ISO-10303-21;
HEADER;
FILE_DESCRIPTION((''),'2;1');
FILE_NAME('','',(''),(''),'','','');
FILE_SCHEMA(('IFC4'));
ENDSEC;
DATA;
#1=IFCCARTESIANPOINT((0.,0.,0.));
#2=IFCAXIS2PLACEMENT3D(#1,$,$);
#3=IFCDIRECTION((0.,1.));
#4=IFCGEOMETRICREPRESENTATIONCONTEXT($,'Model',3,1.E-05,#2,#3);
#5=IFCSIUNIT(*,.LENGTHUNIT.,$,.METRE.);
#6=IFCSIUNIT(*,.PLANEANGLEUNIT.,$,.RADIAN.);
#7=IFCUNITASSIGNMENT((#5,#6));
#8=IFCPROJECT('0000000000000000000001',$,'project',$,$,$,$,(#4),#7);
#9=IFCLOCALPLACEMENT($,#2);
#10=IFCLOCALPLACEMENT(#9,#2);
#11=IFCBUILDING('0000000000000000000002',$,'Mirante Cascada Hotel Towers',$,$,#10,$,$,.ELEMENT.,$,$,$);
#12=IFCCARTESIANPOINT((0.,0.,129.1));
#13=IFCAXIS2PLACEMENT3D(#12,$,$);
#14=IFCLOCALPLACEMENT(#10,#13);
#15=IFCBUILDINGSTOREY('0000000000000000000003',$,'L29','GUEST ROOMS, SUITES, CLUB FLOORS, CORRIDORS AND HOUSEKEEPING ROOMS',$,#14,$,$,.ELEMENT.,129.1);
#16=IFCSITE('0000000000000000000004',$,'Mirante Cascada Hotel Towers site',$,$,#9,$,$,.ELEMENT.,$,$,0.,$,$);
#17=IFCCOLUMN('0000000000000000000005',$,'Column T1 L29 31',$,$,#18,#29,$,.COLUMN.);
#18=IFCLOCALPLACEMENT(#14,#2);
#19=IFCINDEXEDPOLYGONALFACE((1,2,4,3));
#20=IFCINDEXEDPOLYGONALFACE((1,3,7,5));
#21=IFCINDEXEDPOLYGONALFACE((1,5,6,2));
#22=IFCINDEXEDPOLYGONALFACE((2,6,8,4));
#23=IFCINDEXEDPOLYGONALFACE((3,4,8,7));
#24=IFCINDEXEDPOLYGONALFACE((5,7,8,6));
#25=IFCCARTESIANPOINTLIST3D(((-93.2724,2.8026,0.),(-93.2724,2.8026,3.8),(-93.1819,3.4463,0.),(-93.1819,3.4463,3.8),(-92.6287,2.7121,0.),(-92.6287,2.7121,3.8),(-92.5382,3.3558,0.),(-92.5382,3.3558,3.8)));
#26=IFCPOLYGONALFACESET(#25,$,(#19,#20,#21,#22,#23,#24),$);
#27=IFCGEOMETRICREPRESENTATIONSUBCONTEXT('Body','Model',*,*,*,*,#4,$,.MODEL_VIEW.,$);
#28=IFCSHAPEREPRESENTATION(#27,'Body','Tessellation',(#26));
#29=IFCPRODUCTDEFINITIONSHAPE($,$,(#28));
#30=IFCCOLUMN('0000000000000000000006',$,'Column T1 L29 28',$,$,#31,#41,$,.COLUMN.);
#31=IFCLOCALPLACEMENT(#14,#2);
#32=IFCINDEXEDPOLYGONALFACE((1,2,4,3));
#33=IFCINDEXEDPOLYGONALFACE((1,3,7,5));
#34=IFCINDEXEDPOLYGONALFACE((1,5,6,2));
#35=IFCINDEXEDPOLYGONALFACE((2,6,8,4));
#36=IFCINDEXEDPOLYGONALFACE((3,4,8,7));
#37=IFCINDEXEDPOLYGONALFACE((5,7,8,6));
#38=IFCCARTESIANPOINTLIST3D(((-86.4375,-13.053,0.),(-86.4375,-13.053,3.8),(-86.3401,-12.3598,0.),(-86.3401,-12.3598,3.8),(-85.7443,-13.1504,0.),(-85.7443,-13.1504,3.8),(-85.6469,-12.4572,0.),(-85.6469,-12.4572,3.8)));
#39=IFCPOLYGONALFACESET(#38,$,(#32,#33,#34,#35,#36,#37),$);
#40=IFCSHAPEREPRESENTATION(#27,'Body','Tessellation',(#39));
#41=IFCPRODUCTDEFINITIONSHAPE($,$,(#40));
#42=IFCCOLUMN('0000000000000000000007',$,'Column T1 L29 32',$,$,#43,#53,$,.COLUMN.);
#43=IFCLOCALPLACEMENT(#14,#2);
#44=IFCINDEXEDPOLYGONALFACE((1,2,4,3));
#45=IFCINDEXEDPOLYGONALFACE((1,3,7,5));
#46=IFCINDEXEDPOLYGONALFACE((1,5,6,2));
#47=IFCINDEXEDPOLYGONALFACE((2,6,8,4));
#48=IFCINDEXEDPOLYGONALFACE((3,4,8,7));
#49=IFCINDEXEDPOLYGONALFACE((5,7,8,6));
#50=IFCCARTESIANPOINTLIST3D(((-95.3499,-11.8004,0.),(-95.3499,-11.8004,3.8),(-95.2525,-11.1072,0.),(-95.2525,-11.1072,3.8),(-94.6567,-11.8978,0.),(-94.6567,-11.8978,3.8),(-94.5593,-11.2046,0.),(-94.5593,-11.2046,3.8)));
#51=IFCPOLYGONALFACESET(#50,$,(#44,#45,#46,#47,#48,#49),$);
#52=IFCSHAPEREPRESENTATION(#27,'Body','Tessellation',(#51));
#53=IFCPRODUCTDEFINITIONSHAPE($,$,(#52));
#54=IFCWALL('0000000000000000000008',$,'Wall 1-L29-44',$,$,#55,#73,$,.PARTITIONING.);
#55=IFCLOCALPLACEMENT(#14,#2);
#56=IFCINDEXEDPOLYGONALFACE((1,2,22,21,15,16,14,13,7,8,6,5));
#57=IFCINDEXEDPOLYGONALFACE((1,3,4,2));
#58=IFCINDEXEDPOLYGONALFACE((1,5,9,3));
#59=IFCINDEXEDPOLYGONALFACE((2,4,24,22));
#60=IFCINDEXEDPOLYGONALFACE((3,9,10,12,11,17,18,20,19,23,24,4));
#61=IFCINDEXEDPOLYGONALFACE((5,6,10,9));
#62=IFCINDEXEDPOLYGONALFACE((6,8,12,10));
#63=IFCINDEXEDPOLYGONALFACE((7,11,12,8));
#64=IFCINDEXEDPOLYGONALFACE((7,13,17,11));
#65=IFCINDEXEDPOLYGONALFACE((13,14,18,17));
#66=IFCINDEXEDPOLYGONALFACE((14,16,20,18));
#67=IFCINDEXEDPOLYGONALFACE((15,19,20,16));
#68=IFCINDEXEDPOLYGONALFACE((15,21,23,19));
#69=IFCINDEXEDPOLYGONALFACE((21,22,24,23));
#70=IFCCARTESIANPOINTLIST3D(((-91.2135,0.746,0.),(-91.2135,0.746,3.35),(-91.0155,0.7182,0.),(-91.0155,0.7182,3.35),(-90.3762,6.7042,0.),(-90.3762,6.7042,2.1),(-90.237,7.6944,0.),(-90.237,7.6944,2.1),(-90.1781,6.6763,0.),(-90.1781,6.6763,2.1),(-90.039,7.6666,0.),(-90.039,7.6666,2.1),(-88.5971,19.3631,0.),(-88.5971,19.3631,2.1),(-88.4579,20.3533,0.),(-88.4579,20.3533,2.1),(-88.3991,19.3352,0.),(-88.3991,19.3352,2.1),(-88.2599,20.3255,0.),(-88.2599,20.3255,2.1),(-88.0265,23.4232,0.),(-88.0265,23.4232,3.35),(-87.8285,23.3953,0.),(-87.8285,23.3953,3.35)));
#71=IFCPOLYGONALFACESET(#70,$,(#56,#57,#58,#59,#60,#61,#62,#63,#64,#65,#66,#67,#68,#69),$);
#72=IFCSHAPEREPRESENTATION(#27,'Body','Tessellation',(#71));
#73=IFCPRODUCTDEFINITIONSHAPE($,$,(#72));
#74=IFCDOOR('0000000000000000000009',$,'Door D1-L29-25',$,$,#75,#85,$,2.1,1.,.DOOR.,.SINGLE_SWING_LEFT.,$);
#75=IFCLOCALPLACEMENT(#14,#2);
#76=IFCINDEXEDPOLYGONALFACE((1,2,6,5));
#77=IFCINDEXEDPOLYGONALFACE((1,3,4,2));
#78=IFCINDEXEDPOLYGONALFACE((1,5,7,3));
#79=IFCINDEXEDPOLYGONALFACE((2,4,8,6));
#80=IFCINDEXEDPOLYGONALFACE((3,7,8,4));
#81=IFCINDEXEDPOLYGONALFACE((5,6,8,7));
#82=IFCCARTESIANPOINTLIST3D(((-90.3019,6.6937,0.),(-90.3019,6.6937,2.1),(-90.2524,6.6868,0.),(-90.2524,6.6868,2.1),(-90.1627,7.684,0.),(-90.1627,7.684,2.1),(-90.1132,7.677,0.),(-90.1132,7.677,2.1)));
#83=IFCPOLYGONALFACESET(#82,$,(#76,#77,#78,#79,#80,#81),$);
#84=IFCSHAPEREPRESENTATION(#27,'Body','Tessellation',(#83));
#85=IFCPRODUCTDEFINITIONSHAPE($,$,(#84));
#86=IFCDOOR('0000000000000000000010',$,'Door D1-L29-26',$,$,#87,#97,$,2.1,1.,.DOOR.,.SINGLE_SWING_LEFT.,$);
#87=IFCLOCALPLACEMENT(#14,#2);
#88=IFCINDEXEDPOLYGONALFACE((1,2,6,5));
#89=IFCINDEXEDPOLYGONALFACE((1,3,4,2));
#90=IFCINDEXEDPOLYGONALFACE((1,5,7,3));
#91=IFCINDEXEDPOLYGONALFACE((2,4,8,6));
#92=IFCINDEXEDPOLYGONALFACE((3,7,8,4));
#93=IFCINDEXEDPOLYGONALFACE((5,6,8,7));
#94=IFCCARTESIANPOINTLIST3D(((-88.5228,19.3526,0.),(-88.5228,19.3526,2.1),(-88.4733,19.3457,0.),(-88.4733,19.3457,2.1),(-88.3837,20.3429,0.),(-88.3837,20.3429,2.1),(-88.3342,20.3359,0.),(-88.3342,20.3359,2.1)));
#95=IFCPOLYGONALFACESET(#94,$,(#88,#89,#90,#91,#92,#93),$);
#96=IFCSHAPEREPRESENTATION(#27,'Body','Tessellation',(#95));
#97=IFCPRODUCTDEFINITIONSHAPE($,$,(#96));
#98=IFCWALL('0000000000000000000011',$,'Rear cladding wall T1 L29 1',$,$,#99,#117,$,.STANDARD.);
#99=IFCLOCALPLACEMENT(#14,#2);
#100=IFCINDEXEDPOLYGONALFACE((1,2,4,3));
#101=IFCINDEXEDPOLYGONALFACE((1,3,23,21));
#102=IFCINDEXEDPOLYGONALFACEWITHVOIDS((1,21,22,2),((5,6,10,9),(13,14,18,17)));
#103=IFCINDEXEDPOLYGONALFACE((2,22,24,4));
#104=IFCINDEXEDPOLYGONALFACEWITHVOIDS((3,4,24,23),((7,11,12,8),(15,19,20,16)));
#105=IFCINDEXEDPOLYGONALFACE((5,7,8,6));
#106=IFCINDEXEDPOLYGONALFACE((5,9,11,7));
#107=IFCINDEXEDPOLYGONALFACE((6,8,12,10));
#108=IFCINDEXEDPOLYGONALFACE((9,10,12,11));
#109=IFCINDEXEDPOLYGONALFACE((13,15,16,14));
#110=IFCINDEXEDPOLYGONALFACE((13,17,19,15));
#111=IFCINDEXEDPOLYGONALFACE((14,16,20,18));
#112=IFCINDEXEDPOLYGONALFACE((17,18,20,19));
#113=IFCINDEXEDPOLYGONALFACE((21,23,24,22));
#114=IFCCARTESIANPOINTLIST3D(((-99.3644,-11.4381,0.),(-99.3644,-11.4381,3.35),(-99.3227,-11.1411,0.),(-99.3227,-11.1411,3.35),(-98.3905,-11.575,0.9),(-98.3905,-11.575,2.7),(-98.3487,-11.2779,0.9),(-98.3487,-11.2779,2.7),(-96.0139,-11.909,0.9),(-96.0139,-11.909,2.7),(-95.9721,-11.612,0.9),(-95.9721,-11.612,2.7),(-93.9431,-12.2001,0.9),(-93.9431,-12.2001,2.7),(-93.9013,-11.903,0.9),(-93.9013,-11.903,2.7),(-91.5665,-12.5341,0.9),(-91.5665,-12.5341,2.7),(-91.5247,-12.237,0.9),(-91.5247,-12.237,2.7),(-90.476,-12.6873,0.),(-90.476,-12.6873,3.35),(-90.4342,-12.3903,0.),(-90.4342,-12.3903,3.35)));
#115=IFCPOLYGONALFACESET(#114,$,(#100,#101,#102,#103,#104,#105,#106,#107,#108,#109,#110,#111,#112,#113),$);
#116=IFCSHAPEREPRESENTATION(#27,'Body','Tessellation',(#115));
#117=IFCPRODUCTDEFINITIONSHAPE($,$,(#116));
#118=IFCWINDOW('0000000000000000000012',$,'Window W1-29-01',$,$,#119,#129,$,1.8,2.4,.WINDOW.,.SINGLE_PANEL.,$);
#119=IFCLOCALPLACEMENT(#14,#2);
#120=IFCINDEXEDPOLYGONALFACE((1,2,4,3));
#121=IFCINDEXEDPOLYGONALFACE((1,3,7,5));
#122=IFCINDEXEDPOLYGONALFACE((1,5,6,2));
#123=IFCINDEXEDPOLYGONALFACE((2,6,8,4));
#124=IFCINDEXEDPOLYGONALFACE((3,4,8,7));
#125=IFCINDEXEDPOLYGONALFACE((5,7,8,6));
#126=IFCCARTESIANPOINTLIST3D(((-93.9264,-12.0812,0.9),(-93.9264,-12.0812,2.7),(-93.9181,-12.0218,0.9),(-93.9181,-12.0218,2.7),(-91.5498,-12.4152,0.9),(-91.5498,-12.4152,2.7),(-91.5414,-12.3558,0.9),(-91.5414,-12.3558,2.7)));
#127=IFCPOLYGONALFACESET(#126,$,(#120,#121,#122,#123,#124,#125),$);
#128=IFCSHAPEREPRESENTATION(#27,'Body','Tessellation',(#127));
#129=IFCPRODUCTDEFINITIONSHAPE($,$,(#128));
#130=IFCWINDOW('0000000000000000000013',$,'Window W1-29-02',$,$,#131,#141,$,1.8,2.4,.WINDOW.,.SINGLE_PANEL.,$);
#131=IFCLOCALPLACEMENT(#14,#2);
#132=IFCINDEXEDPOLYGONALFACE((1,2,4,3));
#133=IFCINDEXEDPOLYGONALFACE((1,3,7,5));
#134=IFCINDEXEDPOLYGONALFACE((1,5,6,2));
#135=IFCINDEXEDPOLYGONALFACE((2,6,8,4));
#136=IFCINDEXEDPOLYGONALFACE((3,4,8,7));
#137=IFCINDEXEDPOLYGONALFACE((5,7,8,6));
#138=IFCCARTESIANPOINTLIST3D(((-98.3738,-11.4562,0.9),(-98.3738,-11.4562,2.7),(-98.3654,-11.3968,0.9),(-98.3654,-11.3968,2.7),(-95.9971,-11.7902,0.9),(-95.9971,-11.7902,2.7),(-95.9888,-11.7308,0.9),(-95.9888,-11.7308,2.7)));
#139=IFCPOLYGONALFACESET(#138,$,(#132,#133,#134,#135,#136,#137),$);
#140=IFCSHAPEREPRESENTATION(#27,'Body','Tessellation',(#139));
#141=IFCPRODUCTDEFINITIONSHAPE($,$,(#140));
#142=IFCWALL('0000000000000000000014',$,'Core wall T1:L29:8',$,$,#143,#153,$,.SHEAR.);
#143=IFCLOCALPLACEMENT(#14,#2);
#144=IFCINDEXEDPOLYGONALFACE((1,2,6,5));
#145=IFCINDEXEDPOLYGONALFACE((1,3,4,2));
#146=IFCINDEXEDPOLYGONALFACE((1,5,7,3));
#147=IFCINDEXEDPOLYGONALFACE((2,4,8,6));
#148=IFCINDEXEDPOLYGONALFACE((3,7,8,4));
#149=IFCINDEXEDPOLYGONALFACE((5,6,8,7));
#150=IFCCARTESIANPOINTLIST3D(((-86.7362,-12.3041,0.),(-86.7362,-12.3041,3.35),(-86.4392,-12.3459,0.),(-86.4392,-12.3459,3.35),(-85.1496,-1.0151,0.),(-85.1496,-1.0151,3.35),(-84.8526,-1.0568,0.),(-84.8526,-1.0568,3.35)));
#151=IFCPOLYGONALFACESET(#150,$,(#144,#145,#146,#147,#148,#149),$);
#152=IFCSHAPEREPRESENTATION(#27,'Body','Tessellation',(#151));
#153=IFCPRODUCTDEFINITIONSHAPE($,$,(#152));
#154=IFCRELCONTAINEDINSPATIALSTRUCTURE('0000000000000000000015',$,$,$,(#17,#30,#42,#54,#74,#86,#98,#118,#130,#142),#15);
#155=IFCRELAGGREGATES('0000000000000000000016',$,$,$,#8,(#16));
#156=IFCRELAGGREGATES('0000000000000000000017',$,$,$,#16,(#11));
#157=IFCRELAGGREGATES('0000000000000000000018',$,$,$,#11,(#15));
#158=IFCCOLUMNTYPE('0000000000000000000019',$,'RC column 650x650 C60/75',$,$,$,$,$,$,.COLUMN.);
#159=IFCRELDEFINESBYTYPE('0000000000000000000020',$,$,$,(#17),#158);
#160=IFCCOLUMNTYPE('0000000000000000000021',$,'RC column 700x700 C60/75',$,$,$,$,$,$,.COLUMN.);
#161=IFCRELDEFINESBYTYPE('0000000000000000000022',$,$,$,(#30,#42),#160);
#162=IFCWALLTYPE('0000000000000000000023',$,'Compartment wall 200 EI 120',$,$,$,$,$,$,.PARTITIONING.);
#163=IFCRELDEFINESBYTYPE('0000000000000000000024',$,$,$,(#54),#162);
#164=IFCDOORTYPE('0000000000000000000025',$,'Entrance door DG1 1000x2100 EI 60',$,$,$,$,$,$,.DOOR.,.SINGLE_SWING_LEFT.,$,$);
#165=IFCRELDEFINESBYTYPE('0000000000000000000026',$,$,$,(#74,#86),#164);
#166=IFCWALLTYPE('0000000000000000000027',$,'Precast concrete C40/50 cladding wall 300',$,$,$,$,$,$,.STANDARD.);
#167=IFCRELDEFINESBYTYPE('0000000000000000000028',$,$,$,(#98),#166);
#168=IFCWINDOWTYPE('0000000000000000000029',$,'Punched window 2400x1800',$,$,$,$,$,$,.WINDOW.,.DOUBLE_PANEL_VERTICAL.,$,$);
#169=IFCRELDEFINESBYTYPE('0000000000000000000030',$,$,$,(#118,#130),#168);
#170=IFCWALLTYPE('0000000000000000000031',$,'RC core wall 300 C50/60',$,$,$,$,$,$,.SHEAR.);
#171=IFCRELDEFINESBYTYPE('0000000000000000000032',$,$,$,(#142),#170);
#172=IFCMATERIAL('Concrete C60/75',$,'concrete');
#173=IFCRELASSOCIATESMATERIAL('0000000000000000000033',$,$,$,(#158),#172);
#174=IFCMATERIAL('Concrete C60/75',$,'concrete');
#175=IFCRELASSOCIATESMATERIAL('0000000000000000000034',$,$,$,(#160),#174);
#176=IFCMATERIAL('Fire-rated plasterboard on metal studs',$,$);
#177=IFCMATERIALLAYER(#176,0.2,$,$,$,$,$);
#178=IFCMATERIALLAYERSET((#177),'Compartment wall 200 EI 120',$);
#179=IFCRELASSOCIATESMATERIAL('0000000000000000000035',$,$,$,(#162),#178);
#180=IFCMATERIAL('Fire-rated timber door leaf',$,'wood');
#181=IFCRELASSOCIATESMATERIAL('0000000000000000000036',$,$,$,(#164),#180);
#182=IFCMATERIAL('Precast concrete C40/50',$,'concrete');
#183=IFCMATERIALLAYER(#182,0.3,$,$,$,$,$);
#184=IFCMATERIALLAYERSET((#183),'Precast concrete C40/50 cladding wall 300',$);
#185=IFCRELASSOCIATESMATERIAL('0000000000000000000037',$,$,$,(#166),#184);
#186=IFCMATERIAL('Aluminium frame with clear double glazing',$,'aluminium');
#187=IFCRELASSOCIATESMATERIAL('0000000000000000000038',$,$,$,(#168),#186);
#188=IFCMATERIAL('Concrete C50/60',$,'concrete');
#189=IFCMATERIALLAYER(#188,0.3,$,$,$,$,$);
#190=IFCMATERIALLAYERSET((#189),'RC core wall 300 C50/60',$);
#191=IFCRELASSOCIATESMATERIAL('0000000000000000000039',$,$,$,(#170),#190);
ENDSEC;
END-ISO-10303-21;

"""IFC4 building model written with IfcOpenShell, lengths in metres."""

from ifc_helpers import new_model, si_unit, direction, frame, frame_2d, origin, origin_2d, place, context, subcontext, project, spatial, rectangle, extrude, material, layer, layer_set, material_profile, profile_set, type_object, element, fill, save


model = new_model("IFC4")

# Units and contexts
model_context = context("Model", 3, precision=1e-05, world=origin(), true_north=direction((0.0, 1.0)))
body_context = subcontext(model_context, "Body", "Model", "MODEL_VIEW")
ifc_project = project(units=[si_unit("LENGTHUNIT", "METRE"), si_unit("PLANEANGLEUNIT", "RADIAN")], contexts=[model_context])

# Site, building, storey
site_placement = place(None, origin())
site = spatial("IfcSite", under=ifc_project, at=site_placement, Name="Mirante Cascada Hotel Towers site", CompositionType="ELEMENT", RefElevation=0.0)
building_placement = place(site_placement, origin())
building = spatial("IfcBuilding", under=site, at=building_placement, Name="Mirante Cascada Hotel Towers", CompositionType="ELEMENT")
storey_placement = place(building_placement, frame((0.0, 0.0, 129.1)))
storey = spatial("IfcBuildingStorey", under=building, at=storey_placement, Name="L29", Description="GUEST ROOMS, SUITES, CLUB FLOORS, CORRIDORS AND HOUSEKEEPING ROOMS", CompositionType="ELEMENT", Elevation=129.1)

# Columns
ifc_material_1 = material(Name="Concrete C60/75", Category="concrete")
ifc_material_profile_1 = material_profile(ifc_material_1, rectangle(XDim=0.65, YDim=0.65, at=origin_2d()), Name="RC column 650x650 C60/75")
ifc_profile_set_1 = profile_set([ifc_material_profile_1], Name="Concrete C60/75")
column_type_1 = type_object("IfcColumnType", Name="RC column 650x650 C60/75", PredefinedType="COLUMN", material=ifc_profile_set_1)
column_placement = place(storey_placement, frame((-92.9053, 3.0792, 0.0), z_axis=(0.0, 0.0, 1.0), x_axis=(-0.990268, 0.139173, 0.0)))
element("IfcColumn", 1, at=column_placement, inside=storey, type_object=column_type_1, Name="Column T1 L29 31", PredefinedType="COLUMN", context=body_context, shape_type="SweptSolid", body=[
    extrude(rectangle(XDim=0.65, YDim=0.65, at=origin_2d()), origin(), (0.0, 0.0, 1.0), 3.8),
])
ifc_material_2 = material(Name="Concrete C60/75", Category="concrete")
ifc_material_profile_2 = material_profile(ifc_material_2, rectangle(XDim=0.7, YDim=0.7, at=origin_2d()), Name="RC column 700x700 C60/75")
ifc_profile_set_2 = profile_set([ifc_material_profile_2], Name="Concrete C60/75")
column_type_2 = type_object("IfcColumnType", Name="RC column 700x700 C60/75", PredefinedType="COLUMN", material=ifc_profile_set_2)
for number, where, z_axis, x_axis, name in (
    (2, (-86.0422, -12.7551, 0.0), (0.0, 0.0, 1.0), (-0.990268, 0.139173, 0.0), "Column T1 L29 28"),
    (3, (-94.9546, -11.5025, 0.0), (0.0, 0.0, 1.0), (-0.990268, 0.139173, 0.0), "Column T1 L29 32"),
):
    element("IfcColumn", number, at=place(storey_placement, frame(where, z_axis=z_axis, x_axis=x_axis)), inside=storey, type_object=column_type_2, Name=name, PredefinedType="COLUMN", context=body_context, shape_type="SweptSolid", body=[
        extrude(rectangle(XDim=0.7, YDim=0.7, at=origin_2d()), origin(), (0.0, 0.0, 1.0), 3.8),
    ])

# Wall, openings, doors
ifc_material_3 = material(Name="Fire-rated plasterboard on metal studs")
ifc_layer_1 = layer(ifc_material_3, 0.2)
ifc_layer_set_1 = layer_set([ifc_layer_1], Name="Compartment wall 200 EI 120")
wall_type_1 = type_object("IfcWallType", Name="Compartment wall 200 EI 120", PredefinedType="PARTITIONING", material=ifc_layer_set_1)
wall_1_placement = place(storey_placement, frame((-91.1145, 0.7321, 0.0), z_axis=(0.0, 0.0, 1.0), x_axis=(0.139171, 0.990268, 0.0)))
wall_1 = element("IfcWall", 4, at=wall_1_placement, inside=storey, type_object=wall_type_1, Name="Wall 1-L29-44", PredefinedType="PARTITIONING", context=body_context, shape_type="SweptSolid", body=[
    extrude(rectangle(XDim=22.9, YDim=0.2, at=frame_2d((11.45, 0.0))), origin(), (0.0, 0.0, 1.0), 3.35),
])
opening_1_placement = place(wall_1_placement, frame((6.0167, 0.0, 0.0)))
opening_1 = element("IfcOpeningElement", 5, at=opening_1_placement, cuts=wall_1, PredefinedType="OPENING", context=body_context, shape_type="SweptSolid", body=[
    extrude(rectangle(XDim=1.0, YDim=2.1, at=frame_2d((0.5, 1.05))), frame((0.0, 0.1, 0.0), z_axis=(0.0, -1.0, 0.0), x_axis=(1.0, 0.0, 0.0)), (0.0, 0.0, 1.0), 0.2),
])
opening_2_placement = place(wall_1_placement, frame((18.8, 0.0, 0.0)))
opening_2 = element("IfcOpeningElement", 6, at=opening_2_placement, cuts=wall_1, PredefinedType="OPENING", context=body_context, shape_type="SweptSolid", body=[
    extrude(rectangle(XDim=1.0, YDim=2.1, at=frame_2d((0.5, 1.05))), frame((0.0, 0.1, 0.0), z_axis=(0.0, -1.0, 0.0), x_axis=(1.0, 0.0, 0.0)), (0.0, 0.0, 1.0), 0.2),
])
ifc_material_4 = material(Name="Fire-rated timber door leaf", Category="wood")
door_type_1 = type_object("IfcDoorType", Name="Entrance door DG1 1000x2100 EI 60", OperationType="SINGLE_SWING_LEFT", PredefinedType="DOOR", material=ifc_material_4)
door_1_placement = place(opening_1_placement, origin())
door_1 = element("IfcDoor", 7, at=door_1_placement, inside=storey, type_object=door_type_1, Name="Door D1-L29-25", OperationType="SINGLE_SWING_LEFT", OverallHeight=2.1, OverallWidth=1.0, PredefinedType="DOOR", context=body_context, shape_type="SweptSolid", body=[
    extrude(rectangle(XDim=1.0, YDim=2.1, at=frame_2d((0.5, 1.05))), frame((0.0, 0.025, 0.0), z_axis=(0.0, -1.0, 0.0), x_axis=(1.0, 0.0, 0.0)), (0.0, 0.0, 1.0), 0.05),
])
fill(opening_1, door_1)
door_2_placement = place(opening_2_placement, origin())
door_2 = element("IfcDoor", 8, at=door_2_placement, inside=storey, type_object=door_type_1, Name="Door D1-L29-26", OperationType="SINGLE_SWING_LEFT", OverallHeight=2.1, OverallWidth=1.0, PredefinedType="DOOR", context=body_context, shape_type="SweptSolid", body=[
    extrude(rectangle(XDim=1.0, YDim=2.1, at=frame_2d((0.5, 1.05))), frame((0.0, 0.025, 0.0), z_axis=(0.0, -1.0, 0.0), x_axis=(1.0, 0.0, 0.0)), (0.0, 0.0, 1.0), 0.05),
])
fill(opening_2, door_2)

# Wall, openings, windows
ifc_material_5 = material(Name="Precast concrete C40/50", Category="concrete")
ifc_layer_2 = layer(ifc_material_5, 0.3)
ifc_layer_set_2 = layer_set([ifc_layer_2], Name="Precast concrete C40/50 cladding wall 300")
wall_type_2 = type_object("IfcWallType", Name="Precast concrete C40/50 cladding wall 300", PredefinedType="STANDARD", material=ifc_layer_set_2)
wall_2_placement = place(storey_placement, frame((-90.4551, -12.5388, 0.0), z_axis=(0.0, 0.0, 1.0), x_axis=(-0.990268, 0.139175, 0.0)))
wall_2 = element("IfcWall", 9, at=wall_2_placement, inside=storey, type_object=wall_type_2, Name="Rear cladding wall T1 L29 1", PredefinedType="STANDARD", context=body_context, shape_type="SweptSolid", body=[
    extrude(rectangle(XDim=8.9758, YDim=0.3, at=frame_2d((4.4879, 0.0))), origin(), (0.0, 0.0, 1.0), 3.35),
])
opening_3_placement = place(wall_2_placement, frame((1.1012, 0.0, 0.9)))
opening_3 = element("IfcOpeningElement", 10, at=opening_3_placement, cuts=wall_2, PredefinedType="OPENING", context=body_context, shape_type="SweptSolid", body=[
    extrude(rectangle(XDim=2.4, YDim=1.8, at=frame_2d((1.2, 0.9))), frame((0.0, 0.15, 0.0), z_axis=(0.0, -1.0, 0.0), x_axis=(1.0, 0.0, 0.0)), (0.0, 0.0, 1.0), 0.3),
])
opening_4_placement = place(wall_2_placement, frame((5.5923, 0.0, 0.9)))
opening_4 = element("IfcOpeningElement", 11, at=opening_4_placement, cuts=wall_2, PredefinedType="OPENING", context=body_context, shape_type="SweptSolid", body=[
    extrude(rectangle(XDim=2.4, YDim=1.8, at=frame_2d((1.2, 0.9))), frame((0.0, 0.15, 0.0), z_axis=(0.0, -1.0, 0.0), x_axis=(1.0, 0.0, 0.0)), (0.0, 0.0, 1.0), 0.3),
])
ifc_material_6 = material(Name="Aluminium frame with clear double glazing", Category="aluminium")
window_type = type_object("IfcWindowType", Name="Punched window 2400x1800", PartitioningType="DOUBLE_PANEL_VERTICAL", PredefinedType="WINDOW", material=ifc_material_6)
window_1_placement = place(opening_3_placement, origin())
window_1 = element("IfcWindow", 12, at=window_1_placement, inside=storey, type_object=window_type, Name="Window W1-29-01", OverallHeight=1.8, OverallWidth=2.4, PartitioningType="SINGLE_PANEL", PredefinedType="WINDOW", context=body_context, shape_type="SweptSolid", body=[
    extrude(rectangle(XDim=2.4, YDim=1.8, at=frame_2d((1.2, 0.9))), frame((0.0, 0.03, 0.0), z_axis=(0.0, -1.0, 0.0), x_axis=(1.0, 0.0, 0.0)), (0.0, 0.0, 1.0), 0.06),
])
fill(opening_3, window_1)
window_2_placement = place(opening_4_placement, origin())
window_2 = element("IfcWindow", 13, at=window_2_placement, inside=storey, type_object=window_type, Name="Window W1-29-02", OverallHeight=1.8, OverallWidth=2.4, PartitioningType="SINGLE_PANEL", PredefinedType="WINDOW", context=body_context, shape_type="SweptSolid", body=[
    extrude(rectangle(XDim=2.4, YDim=1.8, at=frame_2d((1.2, 0.9))), frame((0.0, 0.03, 0.0), z_axis=(0.0, -1.0, 0.0), x_axis=(1.0, 0.0, 0.0)), (0.0, 0.0, 1.0), 0.06),
])
fill(opening_4, window_2)

# Wall
ifc_material_7 = material(Name="Concrete C50/60", Category="concrete")
ifc_layer_3 = layer(ifc_material_7, 0.3)
ifc_layer_set_3 = layer_set([ifc_layer_3], Name="RC core wall 300 C50/60")
wall_type_3 = type_object("IfcWallType", Name="RC core wall 300 C50/60", PredefinedType="SHEAR", material=ifc_layer_set_3)
wall_3_placement = place(storey_placement, frame((-86.5877, -12.325, 0.0), z_axis=(0.0, 0.0, 1.0), x_axis=(0.139175, 0.990268, 0.0)))
element("IfcWall", 14, at=wall_3_placement, inside=storey, type_object=wall_type_3, Name="Core wall T1:L29:8", PredefinedType="SHEAR", context=body_context, shape_type="SweptSolid", body=[
    extrude(rectangle(XDim=11.4, YDim=0.3, at=frame_2d((5.7, 0.0))), origin(), (0.0, 0.0, 1.0), 3.35),
])

save(model, "model.ifc")
